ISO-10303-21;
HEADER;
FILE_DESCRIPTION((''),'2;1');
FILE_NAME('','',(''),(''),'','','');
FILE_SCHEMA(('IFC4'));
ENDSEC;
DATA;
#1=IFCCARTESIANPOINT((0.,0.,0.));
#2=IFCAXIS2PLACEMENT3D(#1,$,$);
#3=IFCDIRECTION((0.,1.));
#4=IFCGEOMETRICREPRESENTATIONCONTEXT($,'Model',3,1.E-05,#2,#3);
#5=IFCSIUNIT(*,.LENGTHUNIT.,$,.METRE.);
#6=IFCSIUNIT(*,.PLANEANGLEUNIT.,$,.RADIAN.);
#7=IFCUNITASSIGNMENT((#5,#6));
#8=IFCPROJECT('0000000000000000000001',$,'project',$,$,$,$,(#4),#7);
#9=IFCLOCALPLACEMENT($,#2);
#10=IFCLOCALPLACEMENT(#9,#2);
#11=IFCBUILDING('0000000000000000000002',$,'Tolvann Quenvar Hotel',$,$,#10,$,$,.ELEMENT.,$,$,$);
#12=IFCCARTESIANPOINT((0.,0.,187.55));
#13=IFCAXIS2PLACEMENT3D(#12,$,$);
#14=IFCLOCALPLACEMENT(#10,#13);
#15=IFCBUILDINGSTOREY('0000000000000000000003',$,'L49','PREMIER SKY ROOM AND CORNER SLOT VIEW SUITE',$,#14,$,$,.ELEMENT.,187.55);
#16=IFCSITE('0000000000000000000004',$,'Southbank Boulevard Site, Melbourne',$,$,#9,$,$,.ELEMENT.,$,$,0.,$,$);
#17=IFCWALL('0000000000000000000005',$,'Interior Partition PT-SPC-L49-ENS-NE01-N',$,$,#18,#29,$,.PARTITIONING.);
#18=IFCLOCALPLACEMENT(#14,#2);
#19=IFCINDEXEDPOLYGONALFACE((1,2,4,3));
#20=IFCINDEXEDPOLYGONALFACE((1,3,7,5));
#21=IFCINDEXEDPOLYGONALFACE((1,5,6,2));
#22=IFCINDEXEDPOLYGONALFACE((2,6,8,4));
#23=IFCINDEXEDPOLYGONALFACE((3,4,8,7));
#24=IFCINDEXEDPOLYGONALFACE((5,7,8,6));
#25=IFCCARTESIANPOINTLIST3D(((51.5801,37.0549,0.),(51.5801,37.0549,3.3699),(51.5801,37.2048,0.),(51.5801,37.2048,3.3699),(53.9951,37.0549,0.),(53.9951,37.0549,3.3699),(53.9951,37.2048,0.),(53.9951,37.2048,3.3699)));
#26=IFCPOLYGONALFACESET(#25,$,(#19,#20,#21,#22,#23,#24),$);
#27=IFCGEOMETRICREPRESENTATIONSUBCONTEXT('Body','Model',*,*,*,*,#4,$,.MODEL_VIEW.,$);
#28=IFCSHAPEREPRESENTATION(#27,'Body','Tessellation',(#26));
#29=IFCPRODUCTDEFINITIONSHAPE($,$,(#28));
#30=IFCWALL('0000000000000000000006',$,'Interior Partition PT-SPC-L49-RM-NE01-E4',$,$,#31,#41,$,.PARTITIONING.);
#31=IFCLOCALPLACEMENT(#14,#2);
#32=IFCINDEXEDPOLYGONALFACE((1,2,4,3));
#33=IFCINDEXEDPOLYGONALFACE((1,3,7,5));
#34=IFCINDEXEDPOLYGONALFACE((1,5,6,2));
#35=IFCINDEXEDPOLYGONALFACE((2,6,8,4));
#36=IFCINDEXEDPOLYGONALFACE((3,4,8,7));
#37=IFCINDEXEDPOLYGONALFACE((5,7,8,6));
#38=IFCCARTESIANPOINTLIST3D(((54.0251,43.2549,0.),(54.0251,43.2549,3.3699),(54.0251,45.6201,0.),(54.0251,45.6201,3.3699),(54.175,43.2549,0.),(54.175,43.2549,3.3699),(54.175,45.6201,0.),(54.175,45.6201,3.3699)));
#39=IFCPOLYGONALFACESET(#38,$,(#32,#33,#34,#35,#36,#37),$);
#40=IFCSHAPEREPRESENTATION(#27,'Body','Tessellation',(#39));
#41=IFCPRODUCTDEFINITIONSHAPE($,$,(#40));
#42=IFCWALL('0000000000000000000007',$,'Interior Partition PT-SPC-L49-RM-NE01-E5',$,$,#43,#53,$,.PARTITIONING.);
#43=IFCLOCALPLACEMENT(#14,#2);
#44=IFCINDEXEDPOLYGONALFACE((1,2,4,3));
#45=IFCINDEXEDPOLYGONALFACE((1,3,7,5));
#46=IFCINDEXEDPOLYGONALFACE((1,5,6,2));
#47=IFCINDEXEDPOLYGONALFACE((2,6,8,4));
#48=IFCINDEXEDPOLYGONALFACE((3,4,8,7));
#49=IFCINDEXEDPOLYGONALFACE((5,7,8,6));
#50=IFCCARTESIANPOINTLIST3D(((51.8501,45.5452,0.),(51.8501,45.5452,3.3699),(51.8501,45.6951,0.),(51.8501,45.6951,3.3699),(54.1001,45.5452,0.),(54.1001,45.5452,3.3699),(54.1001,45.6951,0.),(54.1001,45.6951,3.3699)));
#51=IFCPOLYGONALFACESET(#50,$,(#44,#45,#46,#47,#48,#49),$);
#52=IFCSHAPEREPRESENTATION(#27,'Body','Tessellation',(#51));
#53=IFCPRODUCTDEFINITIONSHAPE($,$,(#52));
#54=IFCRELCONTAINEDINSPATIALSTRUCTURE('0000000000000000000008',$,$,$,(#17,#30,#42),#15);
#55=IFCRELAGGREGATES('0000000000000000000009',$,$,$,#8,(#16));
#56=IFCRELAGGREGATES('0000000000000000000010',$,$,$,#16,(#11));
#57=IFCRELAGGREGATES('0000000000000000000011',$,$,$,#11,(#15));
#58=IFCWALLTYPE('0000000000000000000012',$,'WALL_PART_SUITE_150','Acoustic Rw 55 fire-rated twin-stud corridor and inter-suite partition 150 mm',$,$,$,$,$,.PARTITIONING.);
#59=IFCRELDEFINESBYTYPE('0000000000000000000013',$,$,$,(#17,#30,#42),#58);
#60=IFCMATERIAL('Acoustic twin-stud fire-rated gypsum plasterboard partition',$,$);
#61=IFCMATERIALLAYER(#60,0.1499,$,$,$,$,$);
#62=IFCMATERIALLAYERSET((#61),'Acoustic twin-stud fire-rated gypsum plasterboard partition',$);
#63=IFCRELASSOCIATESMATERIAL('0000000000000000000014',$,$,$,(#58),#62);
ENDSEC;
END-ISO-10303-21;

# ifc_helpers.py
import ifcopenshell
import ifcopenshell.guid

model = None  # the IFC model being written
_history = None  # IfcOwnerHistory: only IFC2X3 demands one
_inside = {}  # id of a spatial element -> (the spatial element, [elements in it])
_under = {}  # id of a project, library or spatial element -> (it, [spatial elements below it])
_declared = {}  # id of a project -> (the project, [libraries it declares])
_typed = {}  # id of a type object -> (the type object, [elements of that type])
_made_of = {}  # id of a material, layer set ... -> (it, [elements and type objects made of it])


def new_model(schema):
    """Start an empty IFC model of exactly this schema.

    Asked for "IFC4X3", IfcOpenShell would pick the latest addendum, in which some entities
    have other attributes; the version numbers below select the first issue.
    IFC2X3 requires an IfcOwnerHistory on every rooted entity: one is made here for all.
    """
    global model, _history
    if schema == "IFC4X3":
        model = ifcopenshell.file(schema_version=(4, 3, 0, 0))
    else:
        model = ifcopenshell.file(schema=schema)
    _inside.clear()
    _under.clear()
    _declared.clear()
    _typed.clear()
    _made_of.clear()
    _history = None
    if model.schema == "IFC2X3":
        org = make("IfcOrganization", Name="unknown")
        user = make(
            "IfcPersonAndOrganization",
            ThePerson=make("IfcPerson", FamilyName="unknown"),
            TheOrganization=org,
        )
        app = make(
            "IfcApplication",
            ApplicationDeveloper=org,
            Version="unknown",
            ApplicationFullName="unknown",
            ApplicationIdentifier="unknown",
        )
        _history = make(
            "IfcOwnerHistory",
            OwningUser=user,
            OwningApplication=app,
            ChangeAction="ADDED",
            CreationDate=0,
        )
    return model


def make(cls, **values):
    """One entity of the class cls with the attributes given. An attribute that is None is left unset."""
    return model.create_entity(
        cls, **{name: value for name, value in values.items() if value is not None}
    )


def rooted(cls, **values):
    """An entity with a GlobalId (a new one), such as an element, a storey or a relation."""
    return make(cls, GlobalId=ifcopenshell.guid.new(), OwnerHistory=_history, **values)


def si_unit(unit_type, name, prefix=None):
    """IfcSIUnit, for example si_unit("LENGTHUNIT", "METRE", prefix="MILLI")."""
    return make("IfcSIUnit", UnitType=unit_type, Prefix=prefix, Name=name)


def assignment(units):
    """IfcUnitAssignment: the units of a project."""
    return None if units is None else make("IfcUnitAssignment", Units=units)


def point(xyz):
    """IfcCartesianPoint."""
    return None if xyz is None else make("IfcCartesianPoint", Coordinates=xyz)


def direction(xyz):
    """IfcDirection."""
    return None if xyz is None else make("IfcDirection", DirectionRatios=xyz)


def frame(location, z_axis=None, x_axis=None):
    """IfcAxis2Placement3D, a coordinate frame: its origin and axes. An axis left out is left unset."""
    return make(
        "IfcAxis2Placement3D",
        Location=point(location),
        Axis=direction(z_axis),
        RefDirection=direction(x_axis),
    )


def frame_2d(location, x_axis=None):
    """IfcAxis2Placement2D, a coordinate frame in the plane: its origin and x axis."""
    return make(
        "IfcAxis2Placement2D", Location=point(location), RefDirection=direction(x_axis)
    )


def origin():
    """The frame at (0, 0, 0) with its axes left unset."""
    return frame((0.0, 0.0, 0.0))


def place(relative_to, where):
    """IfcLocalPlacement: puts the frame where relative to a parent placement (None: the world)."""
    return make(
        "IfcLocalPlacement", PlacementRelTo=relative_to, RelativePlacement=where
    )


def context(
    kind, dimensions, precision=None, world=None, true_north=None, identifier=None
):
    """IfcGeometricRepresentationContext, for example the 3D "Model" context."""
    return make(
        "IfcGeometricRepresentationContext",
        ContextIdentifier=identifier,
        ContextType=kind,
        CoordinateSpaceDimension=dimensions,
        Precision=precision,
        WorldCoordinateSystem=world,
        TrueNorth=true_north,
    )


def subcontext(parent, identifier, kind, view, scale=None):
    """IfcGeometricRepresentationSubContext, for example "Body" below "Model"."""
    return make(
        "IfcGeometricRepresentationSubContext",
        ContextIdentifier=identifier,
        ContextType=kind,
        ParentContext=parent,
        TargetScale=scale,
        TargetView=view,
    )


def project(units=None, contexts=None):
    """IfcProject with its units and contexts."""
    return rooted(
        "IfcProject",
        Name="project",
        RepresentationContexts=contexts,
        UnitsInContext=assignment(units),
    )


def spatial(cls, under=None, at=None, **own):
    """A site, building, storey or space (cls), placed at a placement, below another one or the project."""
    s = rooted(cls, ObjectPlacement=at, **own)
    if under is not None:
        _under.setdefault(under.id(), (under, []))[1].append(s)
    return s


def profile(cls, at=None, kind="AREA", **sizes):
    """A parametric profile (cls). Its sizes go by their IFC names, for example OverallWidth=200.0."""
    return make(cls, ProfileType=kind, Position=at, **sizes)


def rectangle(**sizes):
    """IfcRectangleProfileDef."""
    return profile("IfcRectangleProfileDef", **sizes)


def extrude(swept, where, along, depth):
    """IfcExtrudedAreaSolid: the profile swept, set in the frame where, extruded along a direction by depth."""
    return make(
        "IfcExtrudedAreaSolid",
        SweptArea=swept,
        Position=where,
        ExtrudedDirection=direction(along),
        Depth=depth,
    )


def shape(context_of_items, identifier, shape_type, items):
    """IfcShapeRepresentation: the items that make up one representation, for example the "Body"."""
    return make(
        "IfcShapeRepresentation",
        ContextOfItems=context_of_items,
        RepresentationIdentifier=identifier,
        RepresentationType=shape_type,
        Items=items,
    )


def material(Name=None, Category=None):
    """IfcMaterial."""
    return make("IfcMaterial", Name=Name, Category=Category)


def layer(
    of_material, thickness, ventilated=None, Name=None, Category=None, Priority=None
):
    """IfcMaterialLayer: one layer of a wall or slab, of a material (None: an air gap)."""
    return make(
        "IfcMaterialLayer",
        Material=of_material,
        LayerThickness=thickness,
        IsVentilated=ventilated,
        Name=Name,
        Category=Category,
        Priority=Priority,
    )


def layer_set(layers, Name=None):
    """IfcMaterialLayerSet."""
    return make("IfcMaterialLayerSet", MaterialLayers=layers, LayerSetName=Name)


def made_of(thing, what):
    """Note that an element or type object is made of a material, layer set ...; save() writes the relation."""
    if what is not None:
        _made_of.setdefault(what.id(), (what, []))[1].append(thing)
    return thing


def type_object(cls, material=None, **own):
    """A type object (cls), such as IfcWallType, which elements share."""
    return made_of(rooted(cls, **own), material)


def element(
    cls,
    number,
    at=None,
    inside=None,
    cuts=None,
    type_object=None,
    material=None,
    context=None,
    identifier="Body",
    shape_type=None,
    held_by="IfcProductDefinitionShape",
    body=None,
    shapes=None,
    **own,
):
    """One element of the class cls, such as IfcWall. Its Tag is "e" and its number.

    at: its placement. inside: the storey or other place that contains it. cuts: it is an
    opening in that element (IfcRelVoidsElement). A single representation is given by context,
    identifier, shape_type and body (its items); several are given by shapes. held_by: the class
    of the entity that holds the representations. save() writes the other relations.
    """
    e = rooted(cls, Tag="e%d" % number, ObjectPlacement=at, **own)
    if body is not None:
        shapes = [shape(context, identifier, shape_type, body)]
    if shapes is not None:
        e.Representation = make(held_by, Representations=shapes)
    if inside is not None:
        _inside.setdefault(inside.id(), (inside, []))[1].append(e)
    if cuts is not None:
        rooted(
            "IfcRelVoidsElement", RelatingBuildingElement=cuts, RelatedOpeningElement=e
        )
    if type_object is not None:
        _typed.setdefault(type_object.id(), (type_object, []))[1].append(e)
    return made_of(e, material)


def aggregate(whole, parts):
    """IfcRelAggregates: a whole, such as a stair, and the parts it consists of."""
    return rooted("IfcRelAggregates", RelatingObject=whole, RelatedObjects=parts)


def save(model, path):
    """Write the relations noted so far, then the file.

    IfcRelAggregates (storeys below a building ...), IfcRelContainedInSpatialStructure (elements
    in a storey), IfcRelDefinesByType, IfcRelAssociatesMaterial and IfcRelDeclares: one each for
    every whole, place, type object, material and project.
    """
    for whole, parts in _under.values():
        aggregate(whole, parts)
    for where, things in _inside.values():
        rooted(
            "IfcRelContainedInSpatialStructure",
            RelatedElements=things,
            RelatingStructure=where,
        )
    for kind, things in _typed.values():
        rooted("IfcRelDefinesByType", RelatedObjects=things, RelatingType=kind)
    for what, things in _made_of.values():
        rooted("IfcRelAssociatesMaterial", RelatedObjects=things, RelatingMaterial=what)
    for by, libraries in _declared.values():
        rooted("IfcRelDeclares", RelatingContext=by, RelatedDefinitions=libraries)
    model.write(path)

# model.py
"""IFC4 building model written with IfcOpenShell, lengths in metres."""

from ifc_helpers import new_model, si_unit, direction, frame, frame_2d, origin, place, context, subcontext, project, spatial, rectangle, extrude, material, layer, layer_set, type_object, element, save


model = new_model("IFC4")

# Units and contexts
model_context = context("Model", 3, precision=1e-05, world=origin(), true_north=direction((0.0, 1.0)))
body_context = subcontext(model_context, "Body", "Model", "MODEL_VIEW")
ifc_project = project(units=[si_unit("LENGTHUNIT", "METRE"), si_unit("PLANEANGLEUNIT", "RADIAN")], contexts=[model_context])

# Site, building, storey
site_placement = place(None, origin())
site = spatial("IfcSite", under=ifc_project, at=site_placement, Name="Southbank Boulevard Site, Melbourne", CompositionType="ELEMENT", RefElevation=0.0)
building_placement = place(site_placement, origin())
building = spatial("IfcBuilding", under=site, at=building_placement, Name="Tolvann Quenvar Hotel", CompositionType="ELEMENT")
storey_placement = place(building_placement, frame((0.0, 0.0, 187.55)))
storey = spatial("IfcBuildingStorey", under=building, at=storey_placement, Name="L49", Description="PREMIER SKY ROOM AND CORNER SLOT VIEW SUITE", CompositionType="ELEMENT", Elevation=187.55)

# Shared definitions
ifc_material_1 = material(Name="Acoustic twin-stud fire-rated gypsum plasterboard partition")
ifc_layer_1 = layer(ifc_material_1, 0.1499)
ifc_layer_set_1 = layer_set([ifc_layer_1], Name="Acoustic twin-stud fire-rated gypsum plasterboard partition")
wall_type_1 = type_object("IfcWallType", Name="WALL_PART_SUITE_150", Description="Acoustic Rw 55 fire-rated twin-stud corridor and inter-suite partition 150 mm", PredefinedType="PARTITIONING", material=ifc_layer_set_1)

# Walls
wall_1_placement = place(storey_placement, frame((51.5801, 37.1299, 0.0), z_axis=(0.0, 0.0, 1.0), x_axis=(1.0, 0.0, 0.0)))
element("IfcWall", 1, at=wall_1_placement, inside=storey, type_object=wall_type_1, Name="Interior Partition PT-SPC-L49-ENS-NE01-N", PredefinedType="PARTITIONING", context=body_context, shape_type="SweptSolid", body=[
    extrude(rectangle(XDim=2.415, YDim=0.1499, at=frame_2d((1.2075, 0.0))), origin(), (0.0, 0.0, 1.0), 3.3699),
])
wall_2_placement = place(storey_placement, frame((54.1001, 43.2549, 0.0), z_axis=(0.0, 0.0, 1.0), x_axis=(0.0, 1.0, 0.0)))
element("IfcWall", 2, at=wall_2_placement, inside=storey, type_object=wall_type_1, Name="Interior Partition PT-SPC-L49-RM-NE01-E4", PredefinedType="PARTITIONING", context=body_context, shape_type="SweptSolid", body=[
    extrude(rectangle(XDim=2.3652, YDim=0.1499, at=frame_2d((1.1826, 0.0))), origin(), (0.0, 0.0, 1.0), 3.3699),
])
wall_3_placement = place(storey_placement, frame((51.8501, 45.6201, 0.0), z_axis=(0.0, 0.0, 1.0), x_axis=(1.0, 0.0, 0.0)))
element("IfcWall", 3, at=wall_3_placement, inside=storey, type_object=wall_type_1, Name="Interior Partition PT-SPC-L49-RM-NE01-E5", PredefinedType="PARTITIONING", context=body_context, shape_type="SweptSolid", body=[
    extrude(rectangle(XDim=2.25, YDim=0.1499, at=frame_2d((1.125, 0.0))), origin(), (0.0, 0.0, 1.0), 3.3699),
])

save(model, "model.ifc")
